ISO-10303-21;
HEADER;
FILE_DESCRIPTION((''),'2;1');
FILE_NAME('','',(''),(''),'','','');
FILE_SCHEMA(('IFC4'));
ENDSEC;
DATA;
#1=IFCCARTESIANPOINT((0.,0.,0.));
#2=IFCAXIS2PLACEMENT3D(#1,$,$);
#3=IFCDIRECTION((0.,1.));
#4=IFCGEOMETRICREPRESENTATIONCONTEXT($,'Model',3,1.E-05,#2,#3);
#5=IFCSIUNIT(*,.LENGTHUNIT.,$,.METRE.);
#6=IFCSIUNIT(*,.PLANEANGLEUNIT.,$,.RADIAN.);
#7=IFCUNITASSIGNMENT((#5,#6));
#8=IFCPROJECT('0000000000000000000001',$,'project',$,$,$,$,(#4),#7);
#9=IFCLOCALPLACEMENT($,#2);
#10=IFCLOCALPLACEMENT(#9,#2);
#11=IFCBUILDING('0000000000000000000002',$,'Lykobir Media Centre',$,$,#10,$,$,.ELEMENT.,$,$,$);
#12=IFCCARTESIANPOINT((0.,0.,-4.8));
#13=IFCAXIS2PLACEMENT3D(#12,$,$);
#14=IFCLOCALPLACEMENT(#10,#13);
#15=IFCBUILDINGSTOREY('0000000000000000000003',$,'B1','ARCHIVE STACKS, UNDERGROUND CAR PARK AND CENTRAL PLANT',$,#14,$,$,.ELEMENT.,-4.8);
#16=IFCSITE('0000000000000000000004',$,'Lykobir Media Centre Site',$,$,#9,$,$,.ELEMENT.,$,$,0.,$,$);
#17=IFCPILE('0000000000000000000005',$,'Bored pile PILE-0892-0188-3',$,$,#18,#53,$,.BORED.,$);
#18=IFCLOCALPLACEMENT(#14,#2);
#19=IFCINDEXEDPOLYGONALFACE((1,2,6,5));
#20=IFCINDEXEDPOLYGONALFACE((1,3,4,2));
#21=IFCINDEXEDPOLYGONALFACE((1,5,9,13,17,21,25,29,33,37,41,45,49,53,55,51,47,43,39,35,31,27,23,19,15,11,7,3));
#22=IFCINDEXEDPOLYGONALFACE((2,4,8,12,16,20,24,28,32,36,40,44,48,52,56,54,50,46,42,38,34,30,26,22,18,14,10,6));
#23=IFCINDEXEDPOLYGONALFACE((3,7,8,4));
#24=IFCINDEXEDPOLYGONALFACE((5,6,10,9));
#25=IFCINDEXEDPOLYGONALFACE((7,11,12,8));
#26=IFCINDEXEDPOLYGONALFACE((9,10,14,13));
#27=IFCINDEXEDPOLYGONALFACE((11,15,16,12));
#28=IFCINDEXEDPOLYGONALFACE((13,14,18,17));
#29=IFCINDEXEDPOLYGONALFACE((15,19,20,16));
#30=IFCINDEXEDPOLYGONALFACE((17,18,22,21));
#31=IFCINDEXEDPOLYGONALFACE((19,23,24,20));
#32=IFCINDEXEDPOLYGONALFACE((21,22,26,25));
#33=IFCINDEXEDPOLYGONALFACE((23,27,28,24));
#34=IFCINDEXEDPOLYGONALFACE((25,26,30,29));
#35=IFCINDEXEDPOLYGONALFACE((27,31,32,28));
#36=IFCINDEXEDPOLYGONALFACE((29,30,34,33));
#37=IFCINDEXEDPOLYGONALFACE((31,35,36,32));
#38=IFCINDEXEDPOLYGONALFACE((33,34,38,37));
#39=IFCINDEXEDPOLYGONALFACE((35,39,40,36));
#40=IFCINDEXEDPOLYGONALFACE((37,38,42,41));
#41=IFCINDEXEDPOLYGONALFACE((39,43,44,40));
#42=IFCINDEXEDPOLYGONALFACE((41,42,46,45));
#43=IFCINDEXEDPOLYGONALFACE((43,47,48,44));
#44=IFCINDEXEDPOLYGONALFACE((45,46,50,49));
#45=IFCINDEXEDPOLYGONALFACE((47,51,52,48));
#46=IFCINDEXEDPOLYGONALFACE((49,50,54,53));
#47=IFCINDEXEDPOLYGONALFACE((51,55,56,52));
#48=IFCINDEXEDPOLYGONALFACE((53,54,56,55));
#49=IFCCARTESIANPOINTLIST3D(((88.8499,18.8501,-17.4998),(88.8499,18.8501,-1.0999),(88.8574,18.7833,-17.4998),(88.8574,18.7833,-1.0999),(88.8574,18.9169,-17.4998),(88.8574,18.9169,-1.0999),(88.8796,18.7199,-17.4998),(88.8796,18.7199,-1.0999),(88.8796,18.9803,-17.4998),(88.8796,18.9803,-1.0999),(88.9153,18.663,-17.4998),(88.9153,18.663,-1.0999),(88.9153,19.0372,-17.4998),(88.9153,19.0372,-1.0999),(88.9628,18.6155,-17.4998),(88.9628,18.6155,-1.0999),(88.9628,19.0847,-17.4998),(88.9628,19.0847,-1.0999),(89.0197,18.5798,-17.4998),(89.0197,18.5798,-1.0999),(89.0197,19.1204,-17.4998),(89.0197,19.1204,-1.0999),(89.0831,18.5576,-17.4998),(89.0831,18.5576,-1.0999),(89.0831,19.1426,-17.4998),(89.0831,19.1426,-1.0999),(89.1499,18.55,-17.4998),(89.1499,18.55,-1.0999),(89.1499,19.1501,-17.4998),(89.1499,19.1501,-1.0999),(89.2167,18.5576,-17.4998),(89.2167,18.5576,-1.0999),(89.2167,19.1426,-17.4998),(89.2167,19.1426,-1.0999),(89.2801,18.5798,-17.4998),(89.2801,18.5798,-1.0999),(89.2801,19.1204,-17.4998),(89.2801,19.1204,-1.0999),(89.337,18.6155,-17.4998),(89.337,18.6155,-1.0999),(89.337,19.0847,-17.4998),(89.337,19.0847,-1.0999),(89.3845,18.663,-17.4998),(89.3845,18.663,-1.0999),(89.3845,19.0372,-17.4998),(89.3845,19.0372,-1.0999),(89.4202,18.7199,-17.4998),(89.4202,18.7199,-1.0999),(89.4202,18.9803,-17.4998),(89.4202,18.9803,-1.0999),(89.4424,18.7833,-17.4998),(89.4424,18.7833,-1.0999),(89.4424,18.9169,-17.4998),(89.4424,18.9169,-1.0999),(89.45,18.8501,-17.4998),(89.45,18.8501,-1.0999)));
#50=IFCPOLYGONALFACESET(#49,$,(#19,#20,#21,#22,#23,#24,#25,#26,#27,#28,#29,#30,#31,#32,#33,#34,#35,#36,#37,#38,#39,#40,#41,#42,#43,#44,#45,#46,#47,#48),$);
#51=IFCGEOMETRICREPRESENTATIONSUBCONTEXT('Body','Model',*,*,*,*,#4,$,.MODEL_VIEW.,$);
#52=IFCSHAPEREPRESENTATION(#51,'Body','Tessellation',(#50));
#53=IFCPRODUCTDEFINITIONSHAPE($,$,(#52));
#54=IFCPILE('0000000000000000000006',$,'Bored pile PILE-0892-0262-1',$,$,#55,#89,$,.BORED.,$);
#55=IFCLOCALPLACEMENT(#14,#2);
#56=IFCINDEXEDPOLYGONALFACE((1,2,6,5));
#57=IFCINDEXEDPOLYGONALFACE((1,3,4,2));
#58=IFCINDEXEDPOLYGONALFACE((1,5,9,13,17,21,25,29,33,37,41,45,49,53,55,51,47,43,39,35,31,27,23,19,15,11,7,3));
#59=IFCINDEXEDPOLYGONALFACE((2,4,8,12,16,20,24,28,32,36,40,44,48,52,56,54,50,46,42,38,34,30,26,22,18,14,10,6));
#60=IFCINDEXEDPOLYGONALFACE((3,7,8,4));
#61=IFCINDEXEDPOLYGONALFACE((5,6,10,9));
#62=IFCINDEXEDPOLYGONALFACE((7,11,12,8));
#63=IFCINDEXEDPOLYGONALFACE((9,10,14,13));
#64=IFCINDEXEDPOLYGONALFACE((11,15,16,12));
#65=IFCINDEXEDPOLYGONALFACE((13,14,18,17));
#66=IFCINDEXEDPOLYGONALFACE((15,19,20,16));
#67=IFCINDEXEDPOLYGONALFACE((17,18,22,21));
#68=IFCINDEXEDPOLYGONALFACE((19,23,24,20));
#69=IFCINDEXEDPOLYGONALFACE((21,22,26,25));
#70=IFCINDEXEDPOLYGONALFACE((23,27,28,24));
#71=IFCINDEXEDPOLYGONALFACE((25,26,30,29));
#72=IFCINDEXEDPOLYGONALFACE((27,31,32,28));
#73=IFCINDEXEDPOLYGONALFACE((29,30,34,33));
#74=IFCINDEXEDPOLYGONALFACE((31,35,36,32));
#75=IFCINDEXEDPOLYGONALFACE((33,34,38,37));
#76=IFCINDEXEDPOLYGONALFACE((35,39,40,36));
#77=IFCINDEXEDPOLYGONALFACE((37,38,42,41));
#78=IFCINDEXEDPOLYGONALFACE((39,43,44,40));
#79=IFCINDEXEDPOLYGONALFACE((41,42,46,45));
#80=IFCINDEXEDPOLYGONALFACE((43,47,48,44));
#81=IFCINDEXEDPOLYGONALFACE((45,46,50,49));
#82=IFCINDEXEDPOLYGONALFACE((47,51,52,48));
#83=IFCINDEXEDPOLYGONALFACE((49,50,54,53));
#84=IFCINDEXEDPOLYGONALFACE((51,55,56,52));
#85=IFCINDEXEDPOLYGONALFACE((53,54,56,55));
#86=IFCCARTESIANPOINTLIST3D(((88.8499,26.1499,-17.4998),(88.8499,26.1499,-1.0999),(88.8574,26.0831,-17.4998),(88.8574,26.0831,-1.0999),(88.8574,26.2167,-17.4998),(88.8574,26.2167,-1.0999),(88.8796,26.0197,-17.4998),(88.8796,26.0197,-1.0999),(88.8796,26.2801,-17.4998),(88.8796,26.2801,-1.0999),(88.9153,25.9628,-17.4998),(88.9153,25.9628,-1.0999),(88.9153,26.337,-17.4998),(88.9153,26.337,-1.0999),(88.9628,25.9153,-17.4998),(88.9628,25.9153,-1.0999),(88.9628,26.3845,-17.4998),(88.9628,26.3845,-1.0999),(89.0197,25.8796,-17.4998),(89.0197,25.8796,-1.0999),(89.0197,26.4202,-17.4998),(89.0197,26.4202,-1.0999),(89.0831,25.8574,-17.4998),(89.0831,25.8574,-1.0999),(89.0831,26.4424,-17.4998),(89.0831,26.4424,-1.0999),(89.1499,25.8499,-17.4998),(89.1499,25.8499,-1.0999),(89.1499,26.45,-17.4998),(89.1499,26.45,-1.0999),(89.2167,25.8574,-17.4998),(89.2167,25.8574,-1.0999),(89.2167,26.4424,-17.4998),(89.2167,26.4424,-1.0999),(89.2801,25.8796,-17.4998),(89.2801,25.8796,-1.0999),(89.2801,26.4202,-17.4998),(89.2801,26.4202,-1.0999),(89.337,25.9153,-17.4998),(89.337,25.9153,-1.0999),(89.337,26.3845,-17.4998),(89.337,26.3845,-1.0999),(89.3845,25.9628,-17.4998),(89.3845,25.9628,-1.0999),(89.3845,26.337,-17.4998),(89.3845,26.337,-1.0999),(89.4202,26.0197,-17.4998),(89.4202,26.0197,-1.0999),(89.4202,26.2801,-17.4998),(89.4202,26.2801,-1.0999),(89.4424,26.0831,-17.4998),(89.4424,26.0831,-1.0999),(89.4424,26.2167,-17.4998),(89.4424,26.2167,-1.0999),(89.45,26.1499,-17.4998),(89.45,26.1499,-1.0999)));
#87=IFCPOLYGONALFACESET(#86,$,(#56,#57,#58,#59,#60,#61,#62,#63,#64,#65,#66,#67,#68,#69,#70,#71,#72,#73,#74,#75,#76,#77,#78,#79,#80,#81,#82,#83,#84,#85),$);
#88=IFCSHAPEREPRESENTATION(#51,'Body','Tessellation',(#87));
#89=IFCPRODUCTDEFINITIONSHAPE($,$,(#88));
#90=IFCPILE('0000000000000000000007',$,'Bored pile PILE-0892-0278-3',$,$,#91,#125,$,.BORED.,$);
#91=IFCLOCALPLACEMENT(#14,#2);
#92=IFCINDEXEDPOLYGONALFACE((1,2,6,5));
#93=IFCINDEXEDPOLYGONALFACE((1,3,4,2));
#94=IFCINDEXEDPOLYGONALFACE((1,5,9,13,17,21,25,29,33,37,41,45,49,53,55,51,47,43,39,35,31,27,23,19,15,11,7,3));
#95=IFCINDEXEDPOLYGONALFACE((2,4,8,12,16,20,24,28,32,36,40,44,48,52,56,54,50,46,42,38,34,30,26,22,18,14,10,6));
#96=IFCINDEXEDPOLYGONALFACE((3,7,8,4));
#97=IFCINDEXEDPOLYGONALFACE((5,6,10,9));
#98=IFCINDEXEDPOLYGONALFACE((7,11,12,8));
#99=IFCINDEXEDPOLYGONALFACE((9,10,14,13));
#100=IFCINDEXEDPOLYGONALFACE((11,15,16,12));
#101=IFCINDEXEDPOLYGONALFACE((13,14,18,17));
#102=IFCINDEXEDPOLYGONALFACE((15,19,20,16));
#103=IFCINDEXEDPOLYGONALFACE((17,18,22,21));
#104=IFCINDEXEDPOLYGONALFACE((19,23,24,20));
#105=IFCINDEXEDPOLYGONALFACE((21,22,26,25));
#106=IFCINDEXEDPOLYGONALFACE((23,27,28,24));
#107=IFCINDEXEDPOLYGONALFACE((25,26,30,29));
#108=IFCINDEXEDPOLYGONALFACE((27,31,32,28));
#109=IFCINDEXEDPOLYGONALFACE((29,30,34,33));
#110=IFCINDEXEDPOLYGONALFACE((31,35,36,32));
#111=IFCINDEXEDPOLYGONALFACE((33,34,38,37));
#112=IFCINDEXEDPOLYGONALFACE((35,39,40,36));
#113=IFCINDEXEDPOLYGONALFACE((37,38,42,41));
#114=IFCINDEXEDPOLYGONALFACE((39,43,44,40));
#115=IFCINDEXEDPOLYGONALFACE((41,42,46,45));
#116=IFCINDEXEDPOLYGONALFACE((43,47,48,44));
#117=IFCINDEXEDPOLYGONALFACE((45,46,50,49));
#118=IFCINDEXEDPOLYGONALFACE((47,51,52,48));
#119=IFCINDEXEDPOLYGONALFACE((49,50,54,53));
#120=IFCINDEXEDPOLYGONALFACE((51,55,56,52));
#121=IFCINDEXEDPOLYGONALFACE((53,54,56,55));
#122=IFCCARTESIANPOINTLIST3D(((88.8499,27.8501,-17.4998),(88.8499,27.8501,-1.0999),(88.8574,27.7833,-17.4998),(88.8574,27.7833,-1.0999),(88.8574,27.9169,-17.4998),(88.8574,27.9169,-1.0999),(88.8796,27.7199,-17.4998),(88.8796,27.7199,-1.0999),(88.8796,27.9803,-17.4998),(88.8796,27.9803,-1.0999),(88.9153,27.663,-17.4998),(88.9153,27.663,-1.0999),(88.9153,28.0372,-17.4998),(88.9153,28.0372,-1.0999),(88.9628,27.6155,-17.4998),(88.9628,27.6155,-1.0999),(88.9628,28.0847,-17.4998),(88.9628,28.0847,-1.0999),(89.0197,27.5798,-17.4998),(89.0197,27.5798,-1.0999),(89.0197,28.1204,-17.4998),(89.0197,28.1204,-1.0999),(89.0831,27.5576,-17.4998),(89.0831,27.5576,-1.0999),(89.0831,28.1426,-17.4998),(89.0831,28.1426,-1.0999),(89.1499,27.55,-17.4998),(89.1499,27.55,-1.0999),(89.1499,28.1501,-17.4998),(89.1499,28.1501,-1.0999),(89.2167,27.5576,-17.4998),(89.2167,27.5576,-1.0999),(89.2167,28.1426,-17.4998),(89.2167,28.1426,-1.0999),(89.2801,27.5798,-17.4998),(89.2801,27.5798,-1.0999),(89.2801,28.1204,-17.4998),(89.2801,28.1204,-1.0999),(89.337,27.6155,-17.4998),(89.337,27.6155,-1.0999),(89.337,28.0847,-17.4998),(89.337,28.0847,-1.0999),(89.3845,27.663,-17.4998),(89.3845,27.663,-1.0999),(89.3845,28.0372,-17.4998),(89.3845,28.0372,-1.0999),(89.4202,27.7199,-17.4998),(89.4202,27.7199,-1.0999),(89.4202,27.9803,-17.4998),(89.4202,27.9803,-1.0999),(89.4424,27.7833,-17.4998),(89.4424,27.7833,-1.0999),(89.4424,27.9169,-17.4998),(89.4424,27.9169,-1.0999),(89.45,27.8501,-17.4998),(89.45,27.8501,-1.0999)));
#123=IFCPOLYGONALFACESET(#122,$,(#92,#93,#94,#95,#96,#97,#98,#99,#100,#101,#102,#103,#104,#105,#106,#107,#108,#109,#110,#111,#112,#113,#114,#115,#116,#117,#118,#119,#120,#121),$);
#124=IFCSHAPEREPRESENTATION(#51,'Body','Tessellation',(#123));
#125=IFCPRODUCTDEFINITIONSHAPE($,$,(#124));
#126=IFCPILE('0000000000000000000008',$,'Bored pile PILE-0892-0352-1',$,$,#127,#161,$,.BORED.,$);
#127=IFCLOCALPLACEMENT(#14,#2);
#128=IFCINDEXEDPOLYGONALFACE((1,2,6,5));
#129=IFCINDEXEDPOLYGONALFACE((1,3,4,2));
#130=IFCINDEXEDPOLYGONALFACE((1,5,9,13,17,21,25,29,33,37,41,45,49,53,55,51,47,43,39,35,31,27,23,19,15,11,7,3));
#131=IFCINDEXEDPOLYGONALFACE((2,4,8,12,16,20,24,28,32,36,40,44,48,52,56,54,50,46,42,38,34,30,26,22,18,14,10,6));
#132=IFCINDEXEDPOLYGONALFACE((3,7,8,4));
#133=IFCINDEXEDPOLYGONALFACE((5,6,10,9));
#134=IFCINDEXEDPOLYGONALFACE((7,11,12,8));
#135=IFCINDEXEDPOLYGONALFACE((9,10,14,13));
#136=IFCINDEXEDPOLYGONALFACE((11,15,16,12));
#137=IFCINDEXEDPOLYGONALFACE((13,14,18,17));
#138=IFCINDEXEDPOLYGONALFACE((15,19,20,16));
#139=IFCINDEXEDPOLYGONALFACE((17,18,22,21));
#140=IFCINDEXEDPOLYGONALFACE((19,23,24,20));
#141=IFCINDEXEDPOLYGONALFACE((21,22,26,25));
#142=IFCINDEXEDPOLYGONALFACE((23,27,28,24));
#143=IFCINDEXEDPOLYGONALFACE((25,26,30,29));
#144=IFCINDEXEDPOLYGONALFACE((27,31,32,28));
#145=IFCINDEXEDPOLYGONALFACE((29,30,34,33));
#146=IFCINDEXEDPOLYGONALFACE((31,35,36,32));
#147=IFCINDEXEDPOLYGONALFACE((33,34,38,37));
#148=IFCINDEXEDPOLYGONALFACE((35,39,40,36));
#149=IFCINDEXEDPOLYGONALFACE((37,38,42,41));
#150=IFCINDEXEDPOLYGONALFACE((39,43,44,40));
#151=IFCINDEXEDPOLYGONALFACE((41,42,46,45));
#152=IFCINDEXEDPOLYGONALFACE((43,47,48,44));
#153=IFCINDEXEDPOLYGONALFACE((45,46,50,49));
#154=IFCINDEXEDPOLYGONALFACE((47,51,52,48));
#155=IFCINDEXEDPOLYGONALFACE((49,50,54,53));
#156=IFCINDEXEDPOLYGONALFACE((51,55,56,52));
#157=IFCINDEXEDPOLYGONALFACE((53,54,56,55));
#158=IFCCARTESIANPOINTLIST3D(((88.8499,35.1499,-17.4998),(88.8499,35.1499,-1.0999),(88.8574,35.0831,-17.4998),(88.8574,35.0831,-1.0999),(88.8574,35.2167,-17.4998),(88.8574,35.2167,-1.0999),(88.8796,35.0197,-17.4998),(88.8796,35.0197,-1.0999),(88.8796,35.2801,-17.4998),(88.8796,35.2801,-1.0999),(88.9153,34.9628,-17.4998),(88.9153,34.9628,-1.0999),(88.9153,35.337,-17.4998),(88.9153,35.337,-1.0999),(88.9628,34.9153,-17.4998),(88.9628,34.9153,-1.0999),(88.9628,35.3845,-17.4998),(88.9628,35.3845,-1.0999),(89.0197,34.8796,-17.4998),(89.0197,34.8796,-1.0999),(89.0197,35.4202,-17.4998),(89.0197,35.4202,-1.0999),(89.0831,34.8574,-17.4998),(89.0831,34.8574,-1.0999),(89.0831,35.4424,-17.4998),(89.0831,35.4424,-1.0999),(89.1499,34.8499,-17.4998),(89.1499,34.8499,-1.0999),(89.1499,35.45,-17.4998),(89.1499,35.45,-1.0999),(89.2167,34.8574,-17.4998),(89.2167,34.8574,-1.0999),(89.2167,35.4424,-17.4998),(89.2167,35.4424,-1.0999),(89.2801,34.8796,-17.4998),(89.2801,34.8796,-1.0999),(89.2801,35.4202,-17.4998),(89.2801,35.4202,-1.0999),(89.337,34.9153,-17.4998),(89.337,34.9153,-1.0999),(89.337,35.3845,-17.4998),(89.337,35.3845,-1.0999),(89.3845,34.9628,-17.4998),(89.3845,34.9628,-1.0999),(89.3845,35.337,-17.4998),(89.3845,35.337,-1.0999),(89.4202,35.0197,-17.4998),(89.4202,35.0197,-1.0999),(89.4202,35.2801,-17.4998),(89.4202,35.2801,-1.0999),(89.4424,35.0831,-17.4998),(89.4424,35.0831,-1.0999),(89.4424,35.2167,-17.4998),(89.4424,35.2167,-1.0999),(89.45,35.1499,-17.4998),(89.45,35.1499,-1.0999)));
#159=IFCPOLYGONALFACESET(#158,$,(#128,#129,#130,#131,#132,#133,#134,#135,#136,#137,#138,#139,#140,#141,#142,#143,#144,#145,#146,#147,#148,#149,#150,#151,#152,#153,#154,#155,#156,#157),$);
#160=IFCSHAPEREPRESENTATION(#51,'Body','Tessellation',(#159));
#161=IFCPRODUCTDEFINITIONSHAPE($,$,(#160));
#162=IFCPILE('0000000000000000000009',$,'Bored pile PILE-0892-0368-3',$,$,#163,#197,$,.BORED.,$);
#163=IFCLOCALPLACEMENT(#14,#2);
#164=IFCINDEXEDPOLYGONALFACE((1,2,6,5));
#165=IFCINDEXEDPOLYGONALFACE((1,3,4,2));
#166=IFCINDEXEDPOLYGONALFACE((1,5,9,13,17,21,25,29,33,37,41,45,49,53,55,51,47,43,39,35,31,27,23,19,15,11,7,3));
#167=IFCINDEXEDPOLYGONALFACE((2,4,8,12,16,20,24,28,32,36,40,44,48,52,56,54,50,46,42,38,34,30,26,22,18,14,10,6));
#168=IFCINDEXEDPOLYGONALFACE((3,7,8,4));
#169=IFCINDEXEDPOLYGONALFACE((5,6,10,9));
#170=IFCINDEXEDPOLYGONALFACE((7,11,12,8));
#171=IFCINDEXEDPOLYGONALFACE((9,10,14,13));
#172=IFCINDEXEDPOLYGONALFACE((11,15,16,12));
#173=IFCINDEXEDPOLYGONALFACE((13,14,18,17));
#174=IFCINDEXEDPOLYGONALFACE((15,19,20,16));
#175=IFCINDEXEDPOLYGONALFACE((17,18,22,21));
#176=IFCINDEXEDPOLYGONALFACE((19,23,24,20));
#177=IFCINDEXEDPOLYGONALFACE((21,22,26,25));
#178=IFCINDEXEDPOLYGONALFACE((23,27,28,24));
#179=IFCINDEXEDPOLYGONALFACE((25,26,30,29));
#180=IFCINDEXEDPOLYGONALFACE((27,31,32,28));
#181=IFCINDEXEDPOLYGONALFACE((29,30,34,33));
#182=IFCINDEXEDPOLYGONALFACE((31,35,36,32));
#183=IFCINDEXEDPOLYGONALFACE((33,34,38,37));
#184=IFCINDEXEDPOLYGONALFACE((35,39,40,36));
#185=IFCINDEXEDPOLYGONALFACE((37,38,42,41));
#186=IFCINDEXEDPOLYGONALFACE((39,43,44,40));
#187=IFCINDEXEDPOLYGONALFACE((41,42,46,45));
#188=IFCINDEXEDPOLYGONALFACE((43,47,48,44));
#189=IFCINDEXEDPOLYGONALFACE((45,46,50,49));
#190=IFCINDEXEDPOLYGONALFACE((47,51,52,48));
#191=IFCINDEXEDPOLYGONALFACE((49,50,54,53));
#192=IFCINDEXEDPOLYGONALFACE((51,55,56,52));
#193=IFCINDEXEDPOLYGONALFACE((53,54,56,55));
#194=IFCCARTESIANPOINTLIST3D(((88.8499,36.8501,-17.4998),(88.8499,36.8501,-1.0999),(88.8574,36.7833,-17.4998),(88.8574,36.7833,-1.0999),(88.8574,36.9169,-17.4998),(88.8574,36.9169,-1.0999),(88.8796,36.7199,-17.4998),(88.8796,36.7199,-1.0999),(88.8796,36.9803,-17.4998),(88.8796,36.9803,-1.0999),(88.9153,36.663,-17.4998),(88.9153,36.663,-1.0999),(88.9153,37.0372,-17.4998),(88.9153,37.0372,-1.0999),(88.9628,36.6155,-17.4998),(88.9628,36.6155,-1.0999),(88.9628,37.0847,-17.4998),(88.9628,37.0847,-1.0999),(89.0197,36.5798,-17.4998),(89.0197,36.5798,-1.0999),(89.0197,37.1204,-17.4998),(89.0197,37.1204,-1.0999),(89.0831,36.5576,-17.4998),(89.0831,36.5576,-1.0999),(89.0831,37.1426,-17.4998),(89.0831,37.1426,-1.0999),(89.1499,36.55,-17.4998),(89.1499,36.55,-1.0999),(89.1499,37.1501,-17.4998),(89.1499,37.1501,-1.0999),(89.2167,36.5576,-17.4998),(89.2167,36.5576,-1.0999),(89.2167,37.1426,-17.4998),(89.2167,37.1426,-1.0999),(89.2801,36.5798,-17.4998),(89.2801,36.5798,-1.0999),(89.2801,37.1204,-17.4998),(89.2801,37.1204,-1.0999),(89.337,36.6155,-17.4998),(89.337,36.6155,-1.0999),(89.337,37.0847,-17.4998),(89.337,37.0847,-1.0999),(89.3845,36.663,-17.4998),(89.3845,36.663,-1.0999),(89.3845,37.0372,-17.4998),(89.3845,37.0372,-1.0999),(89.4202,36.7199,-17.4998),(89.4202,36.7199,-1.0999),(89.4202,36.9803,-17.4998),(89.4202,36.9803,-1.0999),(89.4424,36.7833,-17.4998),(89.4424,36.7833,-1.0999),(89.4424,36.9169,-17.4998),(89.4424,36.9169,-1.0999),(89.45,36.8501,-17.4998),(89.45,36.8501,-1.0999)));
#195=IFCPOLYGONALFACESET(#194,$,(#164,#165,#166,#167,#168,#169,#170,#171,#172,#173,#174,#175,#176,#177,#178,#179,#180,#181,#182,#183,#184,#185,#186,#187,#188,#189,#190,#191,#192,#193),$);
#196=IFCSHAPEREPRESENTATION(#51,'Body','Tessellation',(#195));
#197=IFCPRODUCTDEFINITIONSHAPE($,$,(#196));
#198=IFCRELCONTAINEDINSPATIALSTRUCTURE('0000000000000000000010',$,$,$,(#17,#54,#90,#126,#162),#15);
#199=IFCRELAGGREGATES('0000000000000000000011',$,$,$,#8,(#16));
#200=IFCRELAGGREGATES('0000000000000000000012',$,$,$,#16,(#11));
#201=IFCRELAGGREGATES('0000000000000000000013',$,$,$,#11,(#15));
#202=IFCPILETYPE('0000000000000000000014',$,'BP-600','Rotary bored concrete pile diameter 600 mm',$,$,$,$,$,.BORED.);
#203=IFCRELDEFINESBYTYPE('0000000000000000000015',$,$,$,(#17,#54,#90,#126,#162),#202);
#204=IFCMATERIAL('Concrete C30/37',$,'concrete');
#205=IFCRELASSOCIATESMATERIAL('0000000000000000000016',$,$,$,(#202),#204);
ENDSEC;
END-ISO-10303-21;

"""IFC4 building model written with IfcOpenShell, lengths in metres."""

from ifc_helpers import new_model, si_unit, direction, frame, origin, origin_2d, place, context, subcontext, project, spatial, circle, extrude, material, material_profile, profile_set, type_object, element, save


model = new_model("IFC4")

# Units and contexts
model_context = context("Model", 3, precision=1e-05, world=origin(), true_north=direction((0.0, 1.0)))
body_context = subcontext(model_context, "Body", "Model", "MODEL_VIEW")
ifc_project = project(units=[si_unit("LENGTHUNIT", "METRE"), si_unit("PLANEANGLEUNIT", "RADIAN")], contexts=[model_context])

# Site, building, storey
site_placement = place(None, origin())
site = spatial("IfcSite", under=ifc_project, at=site_placement, Name="Lykobir Media Centre Site", CompositionType="ELEMENT", RefElevation=0.0)
building_placement = place(site_placement, origin())
building = spatial("IfcBuilding", under=site, at=building_placement, Name="Lykobir Media Centre", CompositionType="ELEMENT")
storey_placement = place(building_placement, frame((0.0, 0.0, -4.8)))
storey = spatial("IfcBuildingStorey", under=building, at=storey_placement, Name="B1", Description="ARCHIVE STACKS, UNDERGROUND CAR PARK AND CENTRAL PLANT", CompositionType="ELEMENT", Elevation=-4.8)

# Piles
ifc_material_1 = material(Name="Concrete C30/37", Category="concrete")
ifc_material_profile_1 = material_profile(ifc_material_1, circle(Radius=0.3, at=origin_2d()), Name="BORED PILE D600")
ifc_profile_set_1 = profile_set([ifc_material_profile_1], Name="Concrete C30/37")
pile_type_1 = type_object("IfcPileType", Name="BP-600", Description="Rotary bored concrete pile diameter 600 mm", PredefinedType="BORED", material=ifc_profile_set_1)
for number, where, z_axis, x_axis, name in (
    (1, (89.1499, 18.8501, -1.0999), (0.0, 0.0, -1.0), (1.0, 0.0, 0.0), "Bored pile PILE-0892-0188-3"),
    (2, (89.1499, 26.1499, -1.0999), (0.0, 0.0, -1.0), (1.0, 0.0, 0.0), "Bored pile PILE-0892-0262-1"),
    (3, (89.1499, 27.8501, -1.0999), (0.0, 0.0, -1.0), (1.0, 0.0, 0.0), "Bored pile PILE-0892-0278-3"),
    (4, (89.1499, 35.1499, -1.0999), (0.0, 0.0, -1.0), (1.0, 0.0, 0.0), "Bored pile PILE-0892-0352-1"),
    (5, (89.1499, 36.8501, -1.0999), (0.0, 0.0, -1.0), (1.0, 0.0, 0.0), "Bored pile PILE-0892-0368-3"),
):
    element("IfcPile", number, at=place(storey_placement, frame(where, z_axis=z_axis, x_axis=x_axis)), inside=storey, type_object=pile_type_1, Name=name, PredefinedType="BORED", context=body_context, shape_type="SweptSolid", body=[
        extrude(circle(Radius=0.3, at=origin_2d()), origin(), (0.0, 0.0, 1.0), 16.3999),
    ])

save(model, "model.ifc")
